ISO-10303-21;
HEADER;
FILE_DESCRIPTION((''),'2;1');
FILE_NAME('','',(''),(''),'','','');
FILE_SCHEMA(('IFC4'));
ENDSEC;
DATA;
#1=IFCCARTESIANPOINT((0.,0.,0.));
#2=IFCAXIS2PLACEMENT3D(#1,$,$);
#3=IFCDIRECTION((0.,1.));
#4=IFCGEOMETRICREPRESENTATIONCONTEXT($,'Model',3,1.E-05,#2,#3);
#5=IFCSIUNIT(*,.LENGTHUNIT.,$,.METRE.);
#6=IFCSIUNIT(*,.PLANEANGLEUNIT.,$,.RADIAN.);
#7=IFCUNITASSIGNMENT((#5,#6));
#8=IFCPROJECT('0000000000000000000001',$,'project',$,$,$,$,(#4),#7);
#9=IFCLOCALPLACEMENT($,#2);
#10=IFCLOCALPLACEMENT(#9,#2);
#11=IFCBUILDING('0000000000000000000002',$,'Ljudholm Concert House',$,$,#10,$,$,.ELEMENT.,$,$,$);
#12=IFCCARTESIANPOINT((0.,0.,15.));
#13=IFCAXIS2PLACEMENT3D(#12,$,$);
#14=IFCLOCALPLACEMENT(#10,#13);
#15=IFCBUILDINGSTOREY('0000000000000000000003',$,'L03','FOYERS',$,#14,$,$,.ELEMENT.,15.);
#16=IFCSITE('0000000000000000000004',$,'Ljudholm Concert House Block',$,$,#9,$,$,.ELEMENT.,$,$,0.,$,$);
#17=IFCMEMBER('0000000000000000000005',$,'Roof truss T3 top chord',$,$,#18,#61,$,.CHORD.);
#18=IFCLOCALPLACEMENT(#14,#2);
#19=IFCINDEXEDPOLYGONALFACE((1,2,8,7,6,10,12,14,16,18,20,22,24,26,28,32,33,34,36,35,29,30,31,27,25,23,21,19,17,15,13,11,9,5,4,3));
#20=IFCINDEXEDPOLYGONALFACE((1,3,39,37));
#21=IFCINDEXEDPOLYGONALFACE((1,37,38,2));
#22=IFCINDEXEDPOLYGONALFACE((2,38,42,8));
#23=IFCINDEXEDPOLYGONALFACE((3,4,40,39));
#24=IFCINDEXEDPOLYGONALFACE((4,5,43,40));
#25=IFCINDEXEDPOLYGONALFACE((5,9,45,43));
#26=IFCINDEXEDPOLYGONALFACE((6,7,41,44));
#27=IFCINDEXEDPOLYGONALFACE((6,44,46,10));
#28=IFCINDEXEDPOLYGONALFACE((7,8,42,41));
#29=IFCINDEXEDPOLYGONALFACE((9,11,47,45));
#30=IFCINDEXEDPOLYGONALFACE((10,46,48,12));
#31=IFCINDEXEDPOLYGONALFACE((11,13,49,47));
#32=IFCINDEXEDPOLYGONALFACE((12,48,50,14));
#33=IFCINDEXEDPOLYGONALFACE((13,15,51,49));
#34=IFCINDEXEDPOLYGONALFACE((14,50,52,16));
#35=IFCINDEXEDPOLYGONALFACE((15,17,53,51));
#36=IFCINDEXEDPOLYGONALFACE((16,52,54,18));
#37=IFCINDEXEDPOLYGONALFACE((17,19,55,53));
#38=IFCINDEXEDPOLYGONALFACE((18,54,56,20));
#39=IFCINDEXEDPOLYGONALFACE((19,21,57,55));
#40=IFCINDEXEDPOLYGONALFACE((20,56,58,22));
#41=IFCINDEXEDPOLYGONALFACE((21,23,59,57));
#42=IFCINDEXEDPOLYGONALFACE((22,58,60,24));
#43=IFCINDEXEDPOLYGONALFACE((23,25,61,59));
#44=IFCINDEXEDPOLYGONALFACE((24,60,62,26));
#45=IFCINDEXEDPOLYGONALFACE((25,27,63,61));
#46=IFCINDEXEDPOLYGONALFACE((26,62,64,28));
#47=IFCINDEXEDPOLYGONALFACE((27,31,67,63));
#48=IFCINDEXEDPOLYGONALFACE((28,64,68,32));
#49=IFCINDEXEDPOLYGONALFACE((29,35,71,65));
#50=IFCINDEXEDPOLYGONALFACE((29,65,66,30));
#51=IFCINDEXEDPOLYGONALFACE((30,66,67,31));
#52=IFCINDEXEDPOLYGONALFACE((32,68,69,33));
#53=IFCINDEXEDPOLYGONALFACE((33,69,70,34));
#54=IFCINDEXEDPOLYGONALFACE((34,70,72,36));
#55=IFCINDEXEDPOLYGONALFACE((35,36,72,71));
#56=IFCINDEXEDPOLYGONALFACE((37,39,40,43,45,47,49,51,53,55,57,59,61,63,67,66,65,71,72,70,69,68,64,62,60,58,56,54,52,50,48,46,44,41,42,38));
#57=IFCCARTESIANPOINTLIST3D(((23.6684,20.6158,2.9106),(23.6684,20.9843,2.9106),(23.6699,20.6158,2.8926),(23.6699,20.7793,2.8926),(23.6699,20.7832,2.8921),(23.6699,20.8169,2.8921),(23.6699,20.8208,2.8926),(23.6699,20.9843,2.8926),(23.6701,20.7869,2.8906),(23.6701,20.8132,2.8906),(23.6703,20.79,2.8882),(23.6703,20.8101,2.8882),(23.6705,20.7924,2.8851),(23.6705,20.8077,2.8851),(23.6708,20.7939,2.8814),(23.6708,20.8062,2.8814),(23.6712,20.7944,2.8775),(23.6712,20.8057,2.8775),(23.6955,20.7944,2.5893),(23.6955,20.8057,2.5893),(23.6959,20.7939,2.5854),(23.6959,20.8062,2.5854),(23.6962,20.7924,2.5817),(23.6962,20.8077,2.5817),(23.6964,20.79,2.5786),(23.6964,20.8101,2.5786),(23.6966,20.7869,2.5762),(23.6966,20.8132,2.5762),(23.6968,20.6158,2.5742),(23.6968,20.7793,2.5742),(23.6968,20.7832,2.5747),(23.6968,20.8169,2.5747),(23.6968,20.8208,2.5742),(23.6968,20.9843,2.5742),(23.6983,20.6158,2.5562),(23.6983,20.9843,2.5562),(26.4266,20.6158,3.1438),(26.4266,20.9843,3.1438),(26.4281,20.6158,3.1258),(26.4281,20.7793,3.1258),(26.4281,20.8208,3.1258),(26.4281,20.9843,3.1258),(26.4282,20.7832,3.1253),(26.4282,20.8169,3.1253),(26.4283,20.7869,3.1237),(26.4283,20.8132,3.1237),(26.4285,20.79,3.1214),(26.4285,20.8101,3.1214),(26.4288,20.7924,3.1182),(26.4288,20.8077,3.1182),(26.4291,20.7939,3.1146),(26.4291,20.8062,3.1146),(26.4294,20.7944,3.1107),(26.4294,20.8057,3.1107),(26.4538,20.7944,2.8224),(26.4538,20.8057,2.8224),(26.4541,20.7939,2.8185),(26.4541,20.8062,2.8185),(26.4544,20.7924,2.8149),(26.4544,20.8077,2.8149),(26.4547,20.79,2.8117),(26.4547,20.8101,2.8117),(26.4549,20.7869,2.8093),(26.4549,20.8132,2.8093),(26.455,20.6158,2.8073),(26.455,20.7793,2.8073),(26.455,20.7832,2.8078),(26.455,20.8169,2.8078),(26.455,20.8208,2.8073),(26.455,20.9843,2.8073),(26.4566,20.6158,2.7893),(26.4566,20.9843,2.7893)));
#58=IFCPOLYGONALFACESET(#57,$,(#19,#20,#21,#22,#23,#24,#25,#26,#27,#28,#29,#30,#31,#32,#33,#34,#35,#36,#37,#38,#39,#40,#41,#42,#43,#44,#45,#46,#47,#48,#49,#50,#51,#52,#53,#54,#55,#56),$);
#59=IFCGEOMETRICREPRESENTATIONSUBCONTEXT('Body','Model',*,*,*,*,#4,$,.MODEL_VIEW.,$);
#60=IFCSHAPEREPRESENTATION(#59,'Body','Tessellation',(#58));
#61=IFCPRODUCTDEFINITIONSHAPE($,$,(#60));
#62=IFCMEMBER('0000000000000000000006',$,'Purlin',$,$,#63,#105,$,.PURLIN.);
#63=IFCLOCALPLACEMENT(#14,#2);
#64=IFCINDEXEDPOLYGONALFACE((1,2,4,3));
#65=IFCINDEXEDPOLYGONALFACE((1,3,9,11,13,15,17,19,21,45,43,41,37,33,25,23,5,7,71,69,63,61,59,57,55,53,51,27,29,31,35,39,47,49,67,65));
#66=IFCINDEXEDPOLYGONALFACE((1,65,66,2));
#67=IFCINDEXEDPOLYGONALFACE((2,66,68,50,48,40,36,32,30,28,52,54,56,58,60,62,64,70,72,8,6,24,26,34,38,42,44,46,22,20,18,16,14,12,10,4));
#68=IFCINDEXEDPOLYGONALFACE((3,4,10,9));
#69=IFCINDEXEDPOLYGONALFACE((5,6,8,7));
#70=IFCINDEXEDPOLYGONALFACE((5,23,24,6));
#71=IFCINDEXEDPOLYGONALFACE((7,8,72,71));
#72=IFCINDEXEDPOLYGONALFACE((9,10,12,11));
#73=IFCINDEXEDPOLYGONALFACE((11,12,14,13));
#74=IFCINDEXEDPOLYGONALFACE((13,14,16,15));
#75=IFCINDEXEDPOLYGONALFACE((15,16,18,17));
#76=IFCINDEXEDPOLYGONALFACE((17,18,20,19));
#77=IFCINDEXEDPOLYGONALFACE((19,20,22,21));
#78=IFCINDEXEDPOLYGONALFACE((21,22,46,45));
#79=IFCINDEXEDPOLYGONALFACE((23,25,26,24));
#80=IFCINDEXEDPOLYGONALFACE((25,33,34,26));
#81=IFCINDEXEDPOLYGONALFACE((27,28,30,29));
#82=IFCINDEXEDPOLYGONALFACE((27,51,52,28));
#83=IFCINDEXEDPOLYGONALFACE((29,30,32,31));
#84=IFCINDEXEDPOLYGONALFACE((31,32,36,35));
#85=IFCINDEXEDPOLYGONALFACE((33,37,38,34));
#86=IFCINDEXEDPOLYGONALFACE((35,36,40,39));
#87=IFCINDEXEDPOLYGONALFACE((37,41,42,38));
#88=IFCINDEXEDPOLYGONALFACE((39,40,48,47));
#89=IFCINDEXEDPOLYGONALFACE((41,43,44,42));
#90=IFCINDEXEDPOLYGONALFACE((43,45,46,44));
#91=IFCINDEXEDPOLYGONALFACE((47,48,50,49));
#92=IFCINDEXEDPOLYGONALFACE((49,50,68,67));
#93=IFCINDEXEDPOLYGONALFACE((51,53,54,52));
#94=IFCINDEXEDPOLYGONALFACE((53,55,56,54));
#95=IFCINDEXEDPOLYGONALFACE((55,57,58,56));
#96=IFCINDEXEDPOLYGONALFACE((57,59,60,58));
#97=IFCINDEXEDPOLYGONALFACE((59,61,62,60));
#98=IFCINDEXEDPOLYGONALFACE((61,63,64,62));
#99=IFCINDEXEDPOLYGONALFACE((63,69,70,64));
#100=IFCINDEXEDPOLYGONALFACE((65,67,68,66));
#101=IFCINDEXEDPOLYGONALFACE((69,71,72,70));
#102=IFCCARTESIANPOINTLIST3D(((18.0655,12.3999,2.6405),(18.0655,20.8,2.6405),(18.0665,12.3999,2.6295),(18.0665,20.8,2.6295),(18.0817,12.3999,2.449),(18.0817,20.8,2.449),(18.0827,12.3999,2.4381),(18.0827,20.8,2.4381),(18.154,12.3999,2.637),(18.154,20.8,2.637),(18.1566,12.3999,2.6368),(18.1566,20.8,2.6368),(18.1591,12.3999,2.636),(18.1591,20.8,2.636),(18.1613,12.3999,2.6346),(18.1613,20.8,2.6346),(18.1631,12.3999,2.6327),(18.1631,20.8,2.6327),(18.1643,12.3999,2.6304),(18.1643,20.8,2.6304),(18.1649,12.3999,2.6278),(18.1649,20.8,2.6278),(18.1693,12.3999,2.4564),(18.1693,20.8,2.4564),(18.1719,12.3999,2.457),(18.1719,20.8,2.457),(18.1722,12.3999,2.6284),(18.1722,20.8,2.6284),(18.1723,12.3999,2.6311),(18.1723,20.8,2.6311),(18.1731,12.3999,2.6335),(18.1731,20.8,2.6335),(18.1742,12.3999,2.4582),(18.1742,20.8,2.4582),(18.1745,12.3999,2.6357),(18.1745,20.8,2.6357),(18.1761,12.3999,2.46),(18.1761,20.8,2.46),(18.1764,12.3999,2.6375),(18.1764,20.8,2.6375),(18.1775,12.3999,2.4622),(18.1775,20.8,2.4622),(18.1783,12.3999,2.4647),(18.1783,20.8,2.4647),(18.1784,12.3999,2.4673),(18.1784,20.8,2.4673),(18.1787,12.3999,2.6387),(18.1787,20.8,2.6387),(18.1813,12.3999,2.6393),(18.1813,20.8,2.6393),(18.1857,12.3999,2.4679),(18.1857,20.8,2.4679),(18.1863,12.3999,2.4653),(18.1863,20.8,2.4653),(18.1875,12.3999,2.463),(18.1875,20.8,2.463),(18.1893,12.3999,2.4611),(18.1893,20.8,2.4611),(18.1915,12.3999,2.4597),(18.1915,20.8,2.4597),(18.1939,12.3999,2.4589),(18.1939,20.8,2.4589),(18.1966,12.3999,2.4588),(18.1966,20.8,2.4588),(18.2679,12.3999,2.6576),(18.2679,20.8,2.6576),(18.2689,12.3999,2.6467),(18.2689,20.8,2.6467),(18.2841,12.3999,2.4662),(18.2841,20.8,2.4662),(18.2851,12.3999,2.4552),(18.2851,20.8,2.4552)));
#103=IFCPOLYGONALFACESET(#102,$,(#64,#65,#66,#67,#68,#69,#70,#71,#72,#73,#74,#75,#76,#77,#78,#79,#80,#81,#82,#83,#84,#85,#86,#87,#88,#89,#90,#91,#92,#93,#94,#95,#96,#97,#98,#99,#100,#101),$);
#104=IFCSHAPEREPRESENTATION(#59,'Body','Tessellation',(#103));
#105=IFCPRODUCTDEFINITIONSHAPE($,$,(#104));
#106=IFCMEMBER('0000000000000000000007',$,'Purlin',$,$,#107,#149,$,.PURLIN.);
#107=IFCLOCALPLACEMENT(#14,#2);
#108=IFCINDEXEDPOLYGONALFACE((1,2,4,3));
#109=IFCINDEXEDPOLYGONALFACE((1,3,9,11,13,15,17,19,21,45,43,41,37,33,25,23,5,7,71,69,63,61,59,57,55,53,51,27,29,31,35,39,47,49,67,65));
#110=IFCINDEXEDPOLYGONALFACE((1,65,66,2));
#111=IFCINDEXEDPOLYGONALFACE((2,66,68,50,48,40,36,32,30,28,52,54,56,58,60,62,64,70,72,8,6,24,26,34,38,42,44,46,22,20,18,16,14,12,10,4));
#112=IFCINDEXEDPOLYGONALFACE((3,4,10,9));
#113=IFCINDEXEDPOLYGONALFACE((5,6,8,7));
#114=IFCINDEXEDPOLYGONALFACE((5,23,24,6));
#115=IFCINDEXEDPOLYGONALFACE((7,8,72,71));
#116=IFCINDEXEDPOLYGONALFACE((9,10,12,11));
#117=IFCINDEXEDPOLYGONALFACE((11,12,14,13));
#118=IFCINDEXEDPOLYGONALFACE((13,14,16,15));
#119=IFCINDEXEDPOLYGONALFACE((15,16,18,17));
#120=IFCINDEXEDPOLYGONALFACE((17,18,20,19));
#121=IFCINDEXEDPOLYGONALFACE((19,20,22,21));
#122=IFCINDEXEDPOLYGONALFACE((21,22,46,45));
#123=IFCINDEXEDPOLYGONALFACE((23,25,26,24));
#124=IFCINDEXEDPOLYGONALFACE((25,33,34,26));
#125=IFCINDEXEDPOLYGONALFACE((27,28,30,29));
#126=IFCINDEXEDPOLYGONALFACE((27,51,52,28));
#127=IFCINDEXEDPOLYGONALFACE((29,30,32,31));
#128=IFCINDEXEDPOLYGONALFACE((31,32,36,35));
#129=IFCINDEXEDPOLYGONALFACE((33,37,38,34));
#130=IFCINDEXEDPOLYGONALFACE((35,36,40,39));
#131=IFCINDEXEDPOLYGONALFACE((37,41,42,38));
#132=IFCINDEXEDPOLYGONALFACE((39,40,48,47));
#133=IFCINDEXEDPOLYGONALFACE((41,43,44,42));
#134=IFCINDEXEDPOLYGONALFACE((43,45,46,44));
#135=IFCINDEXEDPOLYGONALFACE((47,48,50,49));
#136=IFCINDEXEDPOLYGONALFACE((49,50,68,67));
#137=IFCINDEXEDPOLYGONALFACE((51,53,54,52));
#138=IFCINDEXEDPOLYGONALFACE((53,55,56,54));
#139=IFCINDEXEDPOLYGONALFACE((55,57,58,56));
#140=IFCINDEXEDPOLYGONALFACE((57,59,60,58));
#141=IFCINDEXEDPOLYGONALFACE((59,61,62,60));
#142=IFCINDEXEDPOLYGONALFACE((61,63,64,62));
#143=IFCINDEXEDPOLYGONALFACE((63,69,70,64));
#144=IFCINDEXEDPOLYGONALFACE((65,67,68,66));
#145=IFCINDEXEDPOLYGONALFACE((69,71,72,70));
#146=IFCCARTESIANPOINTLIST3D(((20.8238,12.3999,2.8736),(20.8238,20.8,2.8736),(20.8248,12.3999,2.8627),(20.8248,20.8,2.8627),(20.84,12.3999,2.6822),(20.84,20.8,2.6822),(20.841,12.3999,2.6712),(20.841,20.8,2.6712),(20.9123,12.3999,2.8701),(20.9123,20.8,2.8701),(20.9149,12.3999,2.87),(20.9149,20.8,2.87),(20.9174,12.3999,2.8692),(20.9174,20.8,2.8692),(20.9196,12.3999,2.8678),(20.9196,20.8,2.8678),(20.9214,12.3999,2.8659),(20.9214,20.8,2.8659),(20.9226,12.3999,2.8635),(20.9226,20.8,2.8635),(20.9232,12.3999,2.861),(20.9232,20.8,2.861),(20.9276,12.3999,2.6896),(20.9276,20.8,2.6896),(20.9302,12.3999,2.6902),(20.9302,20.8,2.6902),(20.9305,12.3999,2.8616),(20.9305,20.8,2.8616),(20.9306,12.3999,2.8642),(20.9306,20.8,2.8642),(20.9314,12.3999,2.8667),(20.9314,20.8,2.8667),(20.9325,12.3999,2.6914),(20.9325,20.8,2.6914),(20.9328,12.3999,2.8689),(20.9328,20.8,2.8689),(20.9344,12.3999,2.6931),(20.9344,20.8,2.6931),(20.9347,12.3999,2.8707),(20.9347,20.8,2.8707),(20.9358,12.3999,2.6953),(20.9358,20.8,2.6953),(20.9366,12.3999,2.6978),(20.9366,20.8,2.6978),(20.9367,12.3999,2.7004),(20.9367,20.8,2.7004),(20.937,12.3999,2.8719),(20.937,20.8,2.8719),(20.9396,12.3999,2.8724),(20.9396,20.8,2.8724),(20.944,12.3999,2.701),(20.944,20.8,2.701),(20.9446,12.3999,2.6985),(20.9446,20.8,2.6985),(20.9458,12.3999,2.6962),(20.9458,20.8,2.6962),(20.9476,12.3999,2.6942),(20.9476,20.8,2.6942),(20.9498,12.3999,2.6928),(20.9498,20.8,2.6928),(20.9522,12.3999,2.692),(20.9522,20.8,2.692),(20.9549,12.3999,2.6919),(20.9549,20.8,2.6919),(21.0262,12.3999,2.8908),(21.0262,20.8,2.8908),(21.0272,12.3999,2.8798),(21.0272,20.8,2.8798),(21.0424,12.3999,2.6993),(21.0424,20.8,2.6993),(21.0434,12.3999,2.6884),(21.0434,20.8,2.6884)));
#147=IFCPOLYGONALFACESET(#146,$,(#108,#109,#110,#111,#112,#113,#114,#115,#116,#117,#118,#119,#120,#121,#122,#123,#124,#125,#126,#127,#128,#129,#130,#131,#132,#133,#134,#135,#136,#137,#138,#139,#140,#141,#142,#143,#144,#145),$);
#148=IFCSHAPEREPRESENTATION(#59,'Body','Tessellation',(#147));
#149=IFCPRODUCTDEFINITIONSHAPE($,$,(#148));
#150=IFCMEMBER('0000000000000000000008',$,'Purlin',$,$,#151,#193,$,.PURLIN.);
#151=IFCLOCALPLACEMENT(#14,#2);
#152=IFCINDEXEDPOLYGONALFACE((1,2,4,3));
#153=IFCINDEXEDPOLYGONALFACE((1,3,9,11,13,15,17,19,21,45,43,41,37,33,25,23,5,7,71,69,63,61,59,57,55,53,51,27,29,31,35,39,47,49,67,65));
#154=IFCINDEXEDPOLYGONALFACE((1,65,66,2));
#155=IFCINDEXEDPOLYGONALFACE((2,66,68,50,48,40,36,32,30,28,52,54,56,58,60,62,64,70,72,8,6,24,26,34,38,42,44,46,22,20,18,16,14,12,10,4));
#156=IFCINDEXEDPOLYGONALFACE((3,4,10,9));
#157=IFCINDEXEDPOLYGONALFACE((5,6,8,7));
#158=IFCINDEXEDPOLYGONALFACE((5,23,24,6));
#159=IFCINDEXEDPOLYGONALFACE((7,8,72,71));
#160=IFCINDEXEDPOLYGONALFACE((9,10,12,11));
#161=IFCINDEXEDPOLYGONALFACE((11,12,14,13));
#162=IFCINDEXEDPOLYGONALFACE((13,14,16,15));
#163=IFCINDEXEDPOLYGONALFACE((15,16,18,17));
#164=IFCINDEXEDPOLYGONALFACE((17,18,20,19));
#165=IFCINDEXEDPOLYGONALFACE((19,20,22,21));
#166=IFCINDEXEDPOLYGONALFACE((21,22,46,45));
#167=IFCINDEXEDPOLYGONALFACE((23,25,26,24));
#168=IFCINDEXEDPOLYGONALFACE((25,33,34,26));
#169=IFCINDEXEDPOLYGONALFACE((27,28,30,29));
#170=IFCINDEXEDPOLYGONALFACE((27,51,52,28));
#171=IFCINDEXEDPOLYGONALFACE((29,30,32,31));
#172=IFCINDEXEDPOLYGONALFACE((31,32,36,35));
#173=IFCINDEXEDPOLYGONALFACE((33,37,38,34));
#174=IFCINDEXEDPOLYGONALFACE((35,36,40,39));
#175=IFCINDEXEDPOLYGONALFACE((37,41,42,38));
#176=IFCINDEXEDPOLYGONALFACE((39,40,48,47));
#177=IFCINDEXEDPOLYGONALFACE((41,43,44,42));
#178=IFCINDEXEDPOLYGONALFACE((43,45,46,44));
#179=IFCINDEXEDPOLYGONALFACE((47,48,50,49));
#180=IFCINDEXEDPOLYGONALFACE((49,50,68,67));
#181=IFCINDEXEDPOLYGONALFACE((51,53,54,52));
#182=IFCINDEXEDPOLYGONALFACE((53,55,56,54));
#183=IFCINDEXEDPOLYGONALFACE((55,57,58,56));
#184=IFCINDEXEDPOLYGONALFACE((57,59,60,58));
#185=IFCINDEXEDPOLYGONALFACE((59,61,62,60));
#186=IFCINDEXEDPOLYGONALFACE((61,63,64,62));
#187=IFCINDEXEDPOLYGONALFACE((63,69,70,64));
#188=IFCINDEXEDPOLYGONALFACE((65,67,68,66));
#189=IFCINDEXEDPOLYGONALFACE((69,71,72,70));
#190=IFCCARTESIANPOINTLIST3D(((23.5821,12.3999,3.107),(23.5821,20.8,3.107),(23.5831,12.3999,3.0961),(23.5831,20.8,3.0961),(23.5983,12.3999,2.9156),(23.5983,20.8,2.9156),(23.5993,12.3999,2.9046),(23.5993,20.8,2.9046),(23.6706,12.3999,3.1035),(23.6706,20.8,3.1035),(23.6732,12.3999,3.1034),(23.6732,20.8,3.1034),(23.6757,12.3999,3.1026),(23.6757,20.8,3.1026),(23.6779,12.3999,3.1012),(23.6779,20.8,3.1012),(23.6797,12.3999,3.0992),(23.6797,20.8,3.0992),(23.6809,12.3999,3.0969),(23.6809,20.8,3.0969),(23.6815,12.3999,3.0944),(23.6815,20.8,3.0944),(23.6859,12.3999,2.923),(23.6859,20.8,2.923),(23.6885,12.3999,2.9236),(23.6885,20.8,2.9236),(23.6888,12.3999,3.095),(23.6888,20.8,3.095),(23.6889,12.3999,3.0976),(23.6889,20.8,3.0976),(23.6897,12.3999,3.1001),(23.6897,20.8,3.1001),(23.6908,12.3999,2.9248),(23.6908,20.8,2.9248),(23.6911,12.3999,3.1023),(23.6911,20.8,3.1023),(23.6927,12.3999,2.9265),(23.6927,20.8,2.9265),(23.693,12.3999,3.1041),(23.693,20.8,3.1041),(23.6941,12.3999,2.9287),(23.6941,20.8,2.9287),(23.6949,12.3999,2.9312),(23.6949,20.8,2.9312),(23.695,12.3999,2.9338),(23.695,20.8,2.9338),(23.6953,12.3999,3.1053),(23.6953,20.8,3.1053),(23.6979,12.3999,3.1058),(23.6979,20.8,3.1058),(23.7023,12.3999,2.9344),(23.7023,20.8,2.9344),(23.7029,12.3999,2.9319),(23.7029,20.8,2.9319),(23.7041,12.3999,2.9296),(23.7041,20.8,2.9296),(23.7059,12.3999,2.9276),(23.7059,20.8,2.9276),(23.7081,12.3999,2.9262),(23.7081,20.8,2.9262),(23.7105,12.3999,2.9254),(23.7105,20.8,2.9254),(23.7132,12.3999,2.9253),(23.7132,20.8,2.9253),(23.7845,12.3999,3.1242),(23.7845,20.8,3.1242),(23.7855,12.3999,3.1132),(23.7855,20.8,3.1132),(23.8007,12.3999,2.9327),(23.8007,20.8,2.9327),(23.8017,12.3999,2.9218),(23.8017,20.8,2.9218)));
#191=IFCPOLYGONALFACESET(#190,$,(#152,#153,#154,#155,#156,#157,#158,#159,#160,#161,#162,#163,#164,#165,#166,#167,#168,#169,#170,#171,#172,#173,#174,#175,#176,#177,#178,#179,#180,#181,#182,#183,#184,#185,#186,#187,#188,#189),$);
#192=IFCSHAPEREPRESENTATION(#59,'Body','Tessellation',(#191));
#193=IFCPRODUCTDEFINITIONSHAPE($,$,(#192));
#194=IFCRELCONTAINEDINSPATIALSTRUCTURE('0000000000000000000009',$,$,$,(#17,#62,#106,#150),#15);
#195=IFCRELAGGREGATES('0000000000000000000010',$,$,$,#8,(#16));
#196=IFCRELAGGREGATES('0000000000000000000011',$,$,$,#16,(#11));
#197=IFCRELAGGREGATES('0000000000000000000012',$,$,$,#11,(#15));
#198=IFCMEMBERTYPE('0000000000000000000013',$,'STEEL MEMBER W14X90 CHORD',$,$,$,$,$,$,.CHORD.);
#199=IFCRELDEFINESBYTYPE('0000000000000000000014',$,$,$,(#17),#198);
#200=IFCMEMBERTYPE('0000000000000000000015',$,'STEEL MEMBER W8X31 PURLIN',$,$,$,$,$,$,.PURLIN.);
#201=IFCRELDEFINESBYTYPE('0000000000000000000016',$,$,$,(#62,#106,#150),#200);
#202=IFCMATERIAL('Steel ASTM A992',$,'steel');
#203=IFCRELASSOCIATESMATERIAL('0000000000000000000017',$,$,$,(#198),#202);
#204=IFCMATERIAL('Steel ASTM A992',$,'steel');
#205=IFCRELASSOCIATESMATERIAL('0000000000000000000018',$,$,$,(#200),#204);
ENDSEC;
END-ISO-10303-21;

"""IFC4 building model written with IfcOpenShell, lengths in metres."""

from ifc_helpers import new_model, si_unit, direction, frame, origin, origin_2d, place, context, subcontext, project, spatial, i_section, extrude, material, material_profile, profile_set, type_object, element, save


model = new_model("IFC4")

# Units and contexts
model_context = context("Model", 3, precision=1e-05, world=origin(), true_north=direction((0.0, 1.0)))
body_context = subcontext(model_context, "Body", "Model", "MODEL_VIEW")
ifc_project = project(units=[si_unit("LENGTHUNIT", "METRE"), si_unit("PLANEANGLEUNIT", "RADIAN")], contexts=[model_context])

# Site, building, storey
site_placement = place(None, origin())
site = spatial("IfcSite", under=ifc_project, at=site_placement, Name="Ljudholm Concert House Block", CompositionType="ELEMENT", RefElevation=0.0)
building_placement = place(site_placement, origin())
building = spatial("IfcBuilding", under=site, at=building_placement, Name="Ljudholm Concert House", CompositionType="ELEMENT")
storey_placement = place(building_placement, frame((0.0, 0.0, 15.0)))
storey = spatial("IfcBuildingStorey", under=building, at=storey_placement, Name="L03", Description="FOYERS", CompositionType="ELEMENT", Elevation=15.0)

# Members
ifc_material_1 = material(Name="Steel ASTM A992", Category="steel")
ifc_material_profile_1 = material_profile(ifc_material_1, i_section(OverallWidth=0.3684, OverallDepth=0.3557, WebThickness=0.0112, FlangeThickness=0.0181, FilletRadius=0.0151, at=origin_2d()), Name="W14X90")
ifc_profile_set_1 = profile_set([ifc_material_profile_1], Name="Steel ASTM A992")
member_type_1 = type_object("IfcMemberType", Name="STEEL MEMBER W14X90 CHORD", PredefinedType="CHORD", material=ifc_profile_set_1)
for number, where, z_axis, x_axis, name in (
    (1, (23.6833, 20.8, 2.7334), (0.996447, 0.0, 0.084228), (0.0, 1.0, 0.0), "Roof truss T3 top chord"),
):
    element("IfcMember", number, at=place(storey_placement, frame(where, z_axis=z_axis, x_axis=x_axis)), inside=storey, type_object=member_type_1, Name=name, PredefinedType="CHORD", context=body_context, shape_type="SweptSolid", body=[
        extrude(i_section(OverallWidth=0.3684, OverallDepth=0.3557, WebThickness=0.0112, FlangeThickness=0.0181, FilletRadius=0.0151, at=origin_2d()), origin(), (0.0, 0.0, 1.0), 2.7681),
    ])
ifc_material_2 = material(Name="Steel ASTM A992", Category="steel")
ifc_material_profile_2 = material_profile(ifc_material_2, i_section(OverallWidth=0.2031, OverallDepth=0.2031, WebThickness=0.0073, FlangeThickness=0.011, FilletRadius=0.01, at=origin_2d()), Name="W8X31")
ifc_profile_set_2 = profile_set([ifc_material_profile_2], Name="Steel ASTM A992")
member_type_2 = type_object("IfcMemberType", Name="STEEL MEMBER W8X31 PURLIN", PredefinedType="PURLIN", material=ifc_profile_set_2)
for number, where, z_axis, x_axis, name in (
    (2, (18.1753, 12.3999, 2.5479), (0.0, 1.0, 0.0), (-0.996441, 0.0, -0.084291), "Purlin"),
    (3, (20.9336, 12.3999, 2.781), (0.0, 1.0, 0.0), (-0.996441, 0.0, -0.084291), "Purlin"),
    (4, (23.6919, 12.3999, 3.0144), (0.0, 1.0, 0.0), (-0.996441, 0.0, -0.084291), "Purlin"),
):
    element("IfcMember", number, at=place(storey_placement, frame(where, z_axis=z_axis, x_axis=x_axis)), inside=storey, type_object=member_type_2, Name=name, PredefinedType="PURLIN", context=body_context, shape_type="SweptSolid", body=[
        extrude(i_section(OverallWidth=0.2031, OverallDepth=0.2031, WebThickness=0.0073, FlangeThickness=0.011, FilletRadius=0.01, at=origin_2d()), origin(), (0.0, 0.0, 1.0), 8.4001),
    ])

save(model, "model.ifc")
